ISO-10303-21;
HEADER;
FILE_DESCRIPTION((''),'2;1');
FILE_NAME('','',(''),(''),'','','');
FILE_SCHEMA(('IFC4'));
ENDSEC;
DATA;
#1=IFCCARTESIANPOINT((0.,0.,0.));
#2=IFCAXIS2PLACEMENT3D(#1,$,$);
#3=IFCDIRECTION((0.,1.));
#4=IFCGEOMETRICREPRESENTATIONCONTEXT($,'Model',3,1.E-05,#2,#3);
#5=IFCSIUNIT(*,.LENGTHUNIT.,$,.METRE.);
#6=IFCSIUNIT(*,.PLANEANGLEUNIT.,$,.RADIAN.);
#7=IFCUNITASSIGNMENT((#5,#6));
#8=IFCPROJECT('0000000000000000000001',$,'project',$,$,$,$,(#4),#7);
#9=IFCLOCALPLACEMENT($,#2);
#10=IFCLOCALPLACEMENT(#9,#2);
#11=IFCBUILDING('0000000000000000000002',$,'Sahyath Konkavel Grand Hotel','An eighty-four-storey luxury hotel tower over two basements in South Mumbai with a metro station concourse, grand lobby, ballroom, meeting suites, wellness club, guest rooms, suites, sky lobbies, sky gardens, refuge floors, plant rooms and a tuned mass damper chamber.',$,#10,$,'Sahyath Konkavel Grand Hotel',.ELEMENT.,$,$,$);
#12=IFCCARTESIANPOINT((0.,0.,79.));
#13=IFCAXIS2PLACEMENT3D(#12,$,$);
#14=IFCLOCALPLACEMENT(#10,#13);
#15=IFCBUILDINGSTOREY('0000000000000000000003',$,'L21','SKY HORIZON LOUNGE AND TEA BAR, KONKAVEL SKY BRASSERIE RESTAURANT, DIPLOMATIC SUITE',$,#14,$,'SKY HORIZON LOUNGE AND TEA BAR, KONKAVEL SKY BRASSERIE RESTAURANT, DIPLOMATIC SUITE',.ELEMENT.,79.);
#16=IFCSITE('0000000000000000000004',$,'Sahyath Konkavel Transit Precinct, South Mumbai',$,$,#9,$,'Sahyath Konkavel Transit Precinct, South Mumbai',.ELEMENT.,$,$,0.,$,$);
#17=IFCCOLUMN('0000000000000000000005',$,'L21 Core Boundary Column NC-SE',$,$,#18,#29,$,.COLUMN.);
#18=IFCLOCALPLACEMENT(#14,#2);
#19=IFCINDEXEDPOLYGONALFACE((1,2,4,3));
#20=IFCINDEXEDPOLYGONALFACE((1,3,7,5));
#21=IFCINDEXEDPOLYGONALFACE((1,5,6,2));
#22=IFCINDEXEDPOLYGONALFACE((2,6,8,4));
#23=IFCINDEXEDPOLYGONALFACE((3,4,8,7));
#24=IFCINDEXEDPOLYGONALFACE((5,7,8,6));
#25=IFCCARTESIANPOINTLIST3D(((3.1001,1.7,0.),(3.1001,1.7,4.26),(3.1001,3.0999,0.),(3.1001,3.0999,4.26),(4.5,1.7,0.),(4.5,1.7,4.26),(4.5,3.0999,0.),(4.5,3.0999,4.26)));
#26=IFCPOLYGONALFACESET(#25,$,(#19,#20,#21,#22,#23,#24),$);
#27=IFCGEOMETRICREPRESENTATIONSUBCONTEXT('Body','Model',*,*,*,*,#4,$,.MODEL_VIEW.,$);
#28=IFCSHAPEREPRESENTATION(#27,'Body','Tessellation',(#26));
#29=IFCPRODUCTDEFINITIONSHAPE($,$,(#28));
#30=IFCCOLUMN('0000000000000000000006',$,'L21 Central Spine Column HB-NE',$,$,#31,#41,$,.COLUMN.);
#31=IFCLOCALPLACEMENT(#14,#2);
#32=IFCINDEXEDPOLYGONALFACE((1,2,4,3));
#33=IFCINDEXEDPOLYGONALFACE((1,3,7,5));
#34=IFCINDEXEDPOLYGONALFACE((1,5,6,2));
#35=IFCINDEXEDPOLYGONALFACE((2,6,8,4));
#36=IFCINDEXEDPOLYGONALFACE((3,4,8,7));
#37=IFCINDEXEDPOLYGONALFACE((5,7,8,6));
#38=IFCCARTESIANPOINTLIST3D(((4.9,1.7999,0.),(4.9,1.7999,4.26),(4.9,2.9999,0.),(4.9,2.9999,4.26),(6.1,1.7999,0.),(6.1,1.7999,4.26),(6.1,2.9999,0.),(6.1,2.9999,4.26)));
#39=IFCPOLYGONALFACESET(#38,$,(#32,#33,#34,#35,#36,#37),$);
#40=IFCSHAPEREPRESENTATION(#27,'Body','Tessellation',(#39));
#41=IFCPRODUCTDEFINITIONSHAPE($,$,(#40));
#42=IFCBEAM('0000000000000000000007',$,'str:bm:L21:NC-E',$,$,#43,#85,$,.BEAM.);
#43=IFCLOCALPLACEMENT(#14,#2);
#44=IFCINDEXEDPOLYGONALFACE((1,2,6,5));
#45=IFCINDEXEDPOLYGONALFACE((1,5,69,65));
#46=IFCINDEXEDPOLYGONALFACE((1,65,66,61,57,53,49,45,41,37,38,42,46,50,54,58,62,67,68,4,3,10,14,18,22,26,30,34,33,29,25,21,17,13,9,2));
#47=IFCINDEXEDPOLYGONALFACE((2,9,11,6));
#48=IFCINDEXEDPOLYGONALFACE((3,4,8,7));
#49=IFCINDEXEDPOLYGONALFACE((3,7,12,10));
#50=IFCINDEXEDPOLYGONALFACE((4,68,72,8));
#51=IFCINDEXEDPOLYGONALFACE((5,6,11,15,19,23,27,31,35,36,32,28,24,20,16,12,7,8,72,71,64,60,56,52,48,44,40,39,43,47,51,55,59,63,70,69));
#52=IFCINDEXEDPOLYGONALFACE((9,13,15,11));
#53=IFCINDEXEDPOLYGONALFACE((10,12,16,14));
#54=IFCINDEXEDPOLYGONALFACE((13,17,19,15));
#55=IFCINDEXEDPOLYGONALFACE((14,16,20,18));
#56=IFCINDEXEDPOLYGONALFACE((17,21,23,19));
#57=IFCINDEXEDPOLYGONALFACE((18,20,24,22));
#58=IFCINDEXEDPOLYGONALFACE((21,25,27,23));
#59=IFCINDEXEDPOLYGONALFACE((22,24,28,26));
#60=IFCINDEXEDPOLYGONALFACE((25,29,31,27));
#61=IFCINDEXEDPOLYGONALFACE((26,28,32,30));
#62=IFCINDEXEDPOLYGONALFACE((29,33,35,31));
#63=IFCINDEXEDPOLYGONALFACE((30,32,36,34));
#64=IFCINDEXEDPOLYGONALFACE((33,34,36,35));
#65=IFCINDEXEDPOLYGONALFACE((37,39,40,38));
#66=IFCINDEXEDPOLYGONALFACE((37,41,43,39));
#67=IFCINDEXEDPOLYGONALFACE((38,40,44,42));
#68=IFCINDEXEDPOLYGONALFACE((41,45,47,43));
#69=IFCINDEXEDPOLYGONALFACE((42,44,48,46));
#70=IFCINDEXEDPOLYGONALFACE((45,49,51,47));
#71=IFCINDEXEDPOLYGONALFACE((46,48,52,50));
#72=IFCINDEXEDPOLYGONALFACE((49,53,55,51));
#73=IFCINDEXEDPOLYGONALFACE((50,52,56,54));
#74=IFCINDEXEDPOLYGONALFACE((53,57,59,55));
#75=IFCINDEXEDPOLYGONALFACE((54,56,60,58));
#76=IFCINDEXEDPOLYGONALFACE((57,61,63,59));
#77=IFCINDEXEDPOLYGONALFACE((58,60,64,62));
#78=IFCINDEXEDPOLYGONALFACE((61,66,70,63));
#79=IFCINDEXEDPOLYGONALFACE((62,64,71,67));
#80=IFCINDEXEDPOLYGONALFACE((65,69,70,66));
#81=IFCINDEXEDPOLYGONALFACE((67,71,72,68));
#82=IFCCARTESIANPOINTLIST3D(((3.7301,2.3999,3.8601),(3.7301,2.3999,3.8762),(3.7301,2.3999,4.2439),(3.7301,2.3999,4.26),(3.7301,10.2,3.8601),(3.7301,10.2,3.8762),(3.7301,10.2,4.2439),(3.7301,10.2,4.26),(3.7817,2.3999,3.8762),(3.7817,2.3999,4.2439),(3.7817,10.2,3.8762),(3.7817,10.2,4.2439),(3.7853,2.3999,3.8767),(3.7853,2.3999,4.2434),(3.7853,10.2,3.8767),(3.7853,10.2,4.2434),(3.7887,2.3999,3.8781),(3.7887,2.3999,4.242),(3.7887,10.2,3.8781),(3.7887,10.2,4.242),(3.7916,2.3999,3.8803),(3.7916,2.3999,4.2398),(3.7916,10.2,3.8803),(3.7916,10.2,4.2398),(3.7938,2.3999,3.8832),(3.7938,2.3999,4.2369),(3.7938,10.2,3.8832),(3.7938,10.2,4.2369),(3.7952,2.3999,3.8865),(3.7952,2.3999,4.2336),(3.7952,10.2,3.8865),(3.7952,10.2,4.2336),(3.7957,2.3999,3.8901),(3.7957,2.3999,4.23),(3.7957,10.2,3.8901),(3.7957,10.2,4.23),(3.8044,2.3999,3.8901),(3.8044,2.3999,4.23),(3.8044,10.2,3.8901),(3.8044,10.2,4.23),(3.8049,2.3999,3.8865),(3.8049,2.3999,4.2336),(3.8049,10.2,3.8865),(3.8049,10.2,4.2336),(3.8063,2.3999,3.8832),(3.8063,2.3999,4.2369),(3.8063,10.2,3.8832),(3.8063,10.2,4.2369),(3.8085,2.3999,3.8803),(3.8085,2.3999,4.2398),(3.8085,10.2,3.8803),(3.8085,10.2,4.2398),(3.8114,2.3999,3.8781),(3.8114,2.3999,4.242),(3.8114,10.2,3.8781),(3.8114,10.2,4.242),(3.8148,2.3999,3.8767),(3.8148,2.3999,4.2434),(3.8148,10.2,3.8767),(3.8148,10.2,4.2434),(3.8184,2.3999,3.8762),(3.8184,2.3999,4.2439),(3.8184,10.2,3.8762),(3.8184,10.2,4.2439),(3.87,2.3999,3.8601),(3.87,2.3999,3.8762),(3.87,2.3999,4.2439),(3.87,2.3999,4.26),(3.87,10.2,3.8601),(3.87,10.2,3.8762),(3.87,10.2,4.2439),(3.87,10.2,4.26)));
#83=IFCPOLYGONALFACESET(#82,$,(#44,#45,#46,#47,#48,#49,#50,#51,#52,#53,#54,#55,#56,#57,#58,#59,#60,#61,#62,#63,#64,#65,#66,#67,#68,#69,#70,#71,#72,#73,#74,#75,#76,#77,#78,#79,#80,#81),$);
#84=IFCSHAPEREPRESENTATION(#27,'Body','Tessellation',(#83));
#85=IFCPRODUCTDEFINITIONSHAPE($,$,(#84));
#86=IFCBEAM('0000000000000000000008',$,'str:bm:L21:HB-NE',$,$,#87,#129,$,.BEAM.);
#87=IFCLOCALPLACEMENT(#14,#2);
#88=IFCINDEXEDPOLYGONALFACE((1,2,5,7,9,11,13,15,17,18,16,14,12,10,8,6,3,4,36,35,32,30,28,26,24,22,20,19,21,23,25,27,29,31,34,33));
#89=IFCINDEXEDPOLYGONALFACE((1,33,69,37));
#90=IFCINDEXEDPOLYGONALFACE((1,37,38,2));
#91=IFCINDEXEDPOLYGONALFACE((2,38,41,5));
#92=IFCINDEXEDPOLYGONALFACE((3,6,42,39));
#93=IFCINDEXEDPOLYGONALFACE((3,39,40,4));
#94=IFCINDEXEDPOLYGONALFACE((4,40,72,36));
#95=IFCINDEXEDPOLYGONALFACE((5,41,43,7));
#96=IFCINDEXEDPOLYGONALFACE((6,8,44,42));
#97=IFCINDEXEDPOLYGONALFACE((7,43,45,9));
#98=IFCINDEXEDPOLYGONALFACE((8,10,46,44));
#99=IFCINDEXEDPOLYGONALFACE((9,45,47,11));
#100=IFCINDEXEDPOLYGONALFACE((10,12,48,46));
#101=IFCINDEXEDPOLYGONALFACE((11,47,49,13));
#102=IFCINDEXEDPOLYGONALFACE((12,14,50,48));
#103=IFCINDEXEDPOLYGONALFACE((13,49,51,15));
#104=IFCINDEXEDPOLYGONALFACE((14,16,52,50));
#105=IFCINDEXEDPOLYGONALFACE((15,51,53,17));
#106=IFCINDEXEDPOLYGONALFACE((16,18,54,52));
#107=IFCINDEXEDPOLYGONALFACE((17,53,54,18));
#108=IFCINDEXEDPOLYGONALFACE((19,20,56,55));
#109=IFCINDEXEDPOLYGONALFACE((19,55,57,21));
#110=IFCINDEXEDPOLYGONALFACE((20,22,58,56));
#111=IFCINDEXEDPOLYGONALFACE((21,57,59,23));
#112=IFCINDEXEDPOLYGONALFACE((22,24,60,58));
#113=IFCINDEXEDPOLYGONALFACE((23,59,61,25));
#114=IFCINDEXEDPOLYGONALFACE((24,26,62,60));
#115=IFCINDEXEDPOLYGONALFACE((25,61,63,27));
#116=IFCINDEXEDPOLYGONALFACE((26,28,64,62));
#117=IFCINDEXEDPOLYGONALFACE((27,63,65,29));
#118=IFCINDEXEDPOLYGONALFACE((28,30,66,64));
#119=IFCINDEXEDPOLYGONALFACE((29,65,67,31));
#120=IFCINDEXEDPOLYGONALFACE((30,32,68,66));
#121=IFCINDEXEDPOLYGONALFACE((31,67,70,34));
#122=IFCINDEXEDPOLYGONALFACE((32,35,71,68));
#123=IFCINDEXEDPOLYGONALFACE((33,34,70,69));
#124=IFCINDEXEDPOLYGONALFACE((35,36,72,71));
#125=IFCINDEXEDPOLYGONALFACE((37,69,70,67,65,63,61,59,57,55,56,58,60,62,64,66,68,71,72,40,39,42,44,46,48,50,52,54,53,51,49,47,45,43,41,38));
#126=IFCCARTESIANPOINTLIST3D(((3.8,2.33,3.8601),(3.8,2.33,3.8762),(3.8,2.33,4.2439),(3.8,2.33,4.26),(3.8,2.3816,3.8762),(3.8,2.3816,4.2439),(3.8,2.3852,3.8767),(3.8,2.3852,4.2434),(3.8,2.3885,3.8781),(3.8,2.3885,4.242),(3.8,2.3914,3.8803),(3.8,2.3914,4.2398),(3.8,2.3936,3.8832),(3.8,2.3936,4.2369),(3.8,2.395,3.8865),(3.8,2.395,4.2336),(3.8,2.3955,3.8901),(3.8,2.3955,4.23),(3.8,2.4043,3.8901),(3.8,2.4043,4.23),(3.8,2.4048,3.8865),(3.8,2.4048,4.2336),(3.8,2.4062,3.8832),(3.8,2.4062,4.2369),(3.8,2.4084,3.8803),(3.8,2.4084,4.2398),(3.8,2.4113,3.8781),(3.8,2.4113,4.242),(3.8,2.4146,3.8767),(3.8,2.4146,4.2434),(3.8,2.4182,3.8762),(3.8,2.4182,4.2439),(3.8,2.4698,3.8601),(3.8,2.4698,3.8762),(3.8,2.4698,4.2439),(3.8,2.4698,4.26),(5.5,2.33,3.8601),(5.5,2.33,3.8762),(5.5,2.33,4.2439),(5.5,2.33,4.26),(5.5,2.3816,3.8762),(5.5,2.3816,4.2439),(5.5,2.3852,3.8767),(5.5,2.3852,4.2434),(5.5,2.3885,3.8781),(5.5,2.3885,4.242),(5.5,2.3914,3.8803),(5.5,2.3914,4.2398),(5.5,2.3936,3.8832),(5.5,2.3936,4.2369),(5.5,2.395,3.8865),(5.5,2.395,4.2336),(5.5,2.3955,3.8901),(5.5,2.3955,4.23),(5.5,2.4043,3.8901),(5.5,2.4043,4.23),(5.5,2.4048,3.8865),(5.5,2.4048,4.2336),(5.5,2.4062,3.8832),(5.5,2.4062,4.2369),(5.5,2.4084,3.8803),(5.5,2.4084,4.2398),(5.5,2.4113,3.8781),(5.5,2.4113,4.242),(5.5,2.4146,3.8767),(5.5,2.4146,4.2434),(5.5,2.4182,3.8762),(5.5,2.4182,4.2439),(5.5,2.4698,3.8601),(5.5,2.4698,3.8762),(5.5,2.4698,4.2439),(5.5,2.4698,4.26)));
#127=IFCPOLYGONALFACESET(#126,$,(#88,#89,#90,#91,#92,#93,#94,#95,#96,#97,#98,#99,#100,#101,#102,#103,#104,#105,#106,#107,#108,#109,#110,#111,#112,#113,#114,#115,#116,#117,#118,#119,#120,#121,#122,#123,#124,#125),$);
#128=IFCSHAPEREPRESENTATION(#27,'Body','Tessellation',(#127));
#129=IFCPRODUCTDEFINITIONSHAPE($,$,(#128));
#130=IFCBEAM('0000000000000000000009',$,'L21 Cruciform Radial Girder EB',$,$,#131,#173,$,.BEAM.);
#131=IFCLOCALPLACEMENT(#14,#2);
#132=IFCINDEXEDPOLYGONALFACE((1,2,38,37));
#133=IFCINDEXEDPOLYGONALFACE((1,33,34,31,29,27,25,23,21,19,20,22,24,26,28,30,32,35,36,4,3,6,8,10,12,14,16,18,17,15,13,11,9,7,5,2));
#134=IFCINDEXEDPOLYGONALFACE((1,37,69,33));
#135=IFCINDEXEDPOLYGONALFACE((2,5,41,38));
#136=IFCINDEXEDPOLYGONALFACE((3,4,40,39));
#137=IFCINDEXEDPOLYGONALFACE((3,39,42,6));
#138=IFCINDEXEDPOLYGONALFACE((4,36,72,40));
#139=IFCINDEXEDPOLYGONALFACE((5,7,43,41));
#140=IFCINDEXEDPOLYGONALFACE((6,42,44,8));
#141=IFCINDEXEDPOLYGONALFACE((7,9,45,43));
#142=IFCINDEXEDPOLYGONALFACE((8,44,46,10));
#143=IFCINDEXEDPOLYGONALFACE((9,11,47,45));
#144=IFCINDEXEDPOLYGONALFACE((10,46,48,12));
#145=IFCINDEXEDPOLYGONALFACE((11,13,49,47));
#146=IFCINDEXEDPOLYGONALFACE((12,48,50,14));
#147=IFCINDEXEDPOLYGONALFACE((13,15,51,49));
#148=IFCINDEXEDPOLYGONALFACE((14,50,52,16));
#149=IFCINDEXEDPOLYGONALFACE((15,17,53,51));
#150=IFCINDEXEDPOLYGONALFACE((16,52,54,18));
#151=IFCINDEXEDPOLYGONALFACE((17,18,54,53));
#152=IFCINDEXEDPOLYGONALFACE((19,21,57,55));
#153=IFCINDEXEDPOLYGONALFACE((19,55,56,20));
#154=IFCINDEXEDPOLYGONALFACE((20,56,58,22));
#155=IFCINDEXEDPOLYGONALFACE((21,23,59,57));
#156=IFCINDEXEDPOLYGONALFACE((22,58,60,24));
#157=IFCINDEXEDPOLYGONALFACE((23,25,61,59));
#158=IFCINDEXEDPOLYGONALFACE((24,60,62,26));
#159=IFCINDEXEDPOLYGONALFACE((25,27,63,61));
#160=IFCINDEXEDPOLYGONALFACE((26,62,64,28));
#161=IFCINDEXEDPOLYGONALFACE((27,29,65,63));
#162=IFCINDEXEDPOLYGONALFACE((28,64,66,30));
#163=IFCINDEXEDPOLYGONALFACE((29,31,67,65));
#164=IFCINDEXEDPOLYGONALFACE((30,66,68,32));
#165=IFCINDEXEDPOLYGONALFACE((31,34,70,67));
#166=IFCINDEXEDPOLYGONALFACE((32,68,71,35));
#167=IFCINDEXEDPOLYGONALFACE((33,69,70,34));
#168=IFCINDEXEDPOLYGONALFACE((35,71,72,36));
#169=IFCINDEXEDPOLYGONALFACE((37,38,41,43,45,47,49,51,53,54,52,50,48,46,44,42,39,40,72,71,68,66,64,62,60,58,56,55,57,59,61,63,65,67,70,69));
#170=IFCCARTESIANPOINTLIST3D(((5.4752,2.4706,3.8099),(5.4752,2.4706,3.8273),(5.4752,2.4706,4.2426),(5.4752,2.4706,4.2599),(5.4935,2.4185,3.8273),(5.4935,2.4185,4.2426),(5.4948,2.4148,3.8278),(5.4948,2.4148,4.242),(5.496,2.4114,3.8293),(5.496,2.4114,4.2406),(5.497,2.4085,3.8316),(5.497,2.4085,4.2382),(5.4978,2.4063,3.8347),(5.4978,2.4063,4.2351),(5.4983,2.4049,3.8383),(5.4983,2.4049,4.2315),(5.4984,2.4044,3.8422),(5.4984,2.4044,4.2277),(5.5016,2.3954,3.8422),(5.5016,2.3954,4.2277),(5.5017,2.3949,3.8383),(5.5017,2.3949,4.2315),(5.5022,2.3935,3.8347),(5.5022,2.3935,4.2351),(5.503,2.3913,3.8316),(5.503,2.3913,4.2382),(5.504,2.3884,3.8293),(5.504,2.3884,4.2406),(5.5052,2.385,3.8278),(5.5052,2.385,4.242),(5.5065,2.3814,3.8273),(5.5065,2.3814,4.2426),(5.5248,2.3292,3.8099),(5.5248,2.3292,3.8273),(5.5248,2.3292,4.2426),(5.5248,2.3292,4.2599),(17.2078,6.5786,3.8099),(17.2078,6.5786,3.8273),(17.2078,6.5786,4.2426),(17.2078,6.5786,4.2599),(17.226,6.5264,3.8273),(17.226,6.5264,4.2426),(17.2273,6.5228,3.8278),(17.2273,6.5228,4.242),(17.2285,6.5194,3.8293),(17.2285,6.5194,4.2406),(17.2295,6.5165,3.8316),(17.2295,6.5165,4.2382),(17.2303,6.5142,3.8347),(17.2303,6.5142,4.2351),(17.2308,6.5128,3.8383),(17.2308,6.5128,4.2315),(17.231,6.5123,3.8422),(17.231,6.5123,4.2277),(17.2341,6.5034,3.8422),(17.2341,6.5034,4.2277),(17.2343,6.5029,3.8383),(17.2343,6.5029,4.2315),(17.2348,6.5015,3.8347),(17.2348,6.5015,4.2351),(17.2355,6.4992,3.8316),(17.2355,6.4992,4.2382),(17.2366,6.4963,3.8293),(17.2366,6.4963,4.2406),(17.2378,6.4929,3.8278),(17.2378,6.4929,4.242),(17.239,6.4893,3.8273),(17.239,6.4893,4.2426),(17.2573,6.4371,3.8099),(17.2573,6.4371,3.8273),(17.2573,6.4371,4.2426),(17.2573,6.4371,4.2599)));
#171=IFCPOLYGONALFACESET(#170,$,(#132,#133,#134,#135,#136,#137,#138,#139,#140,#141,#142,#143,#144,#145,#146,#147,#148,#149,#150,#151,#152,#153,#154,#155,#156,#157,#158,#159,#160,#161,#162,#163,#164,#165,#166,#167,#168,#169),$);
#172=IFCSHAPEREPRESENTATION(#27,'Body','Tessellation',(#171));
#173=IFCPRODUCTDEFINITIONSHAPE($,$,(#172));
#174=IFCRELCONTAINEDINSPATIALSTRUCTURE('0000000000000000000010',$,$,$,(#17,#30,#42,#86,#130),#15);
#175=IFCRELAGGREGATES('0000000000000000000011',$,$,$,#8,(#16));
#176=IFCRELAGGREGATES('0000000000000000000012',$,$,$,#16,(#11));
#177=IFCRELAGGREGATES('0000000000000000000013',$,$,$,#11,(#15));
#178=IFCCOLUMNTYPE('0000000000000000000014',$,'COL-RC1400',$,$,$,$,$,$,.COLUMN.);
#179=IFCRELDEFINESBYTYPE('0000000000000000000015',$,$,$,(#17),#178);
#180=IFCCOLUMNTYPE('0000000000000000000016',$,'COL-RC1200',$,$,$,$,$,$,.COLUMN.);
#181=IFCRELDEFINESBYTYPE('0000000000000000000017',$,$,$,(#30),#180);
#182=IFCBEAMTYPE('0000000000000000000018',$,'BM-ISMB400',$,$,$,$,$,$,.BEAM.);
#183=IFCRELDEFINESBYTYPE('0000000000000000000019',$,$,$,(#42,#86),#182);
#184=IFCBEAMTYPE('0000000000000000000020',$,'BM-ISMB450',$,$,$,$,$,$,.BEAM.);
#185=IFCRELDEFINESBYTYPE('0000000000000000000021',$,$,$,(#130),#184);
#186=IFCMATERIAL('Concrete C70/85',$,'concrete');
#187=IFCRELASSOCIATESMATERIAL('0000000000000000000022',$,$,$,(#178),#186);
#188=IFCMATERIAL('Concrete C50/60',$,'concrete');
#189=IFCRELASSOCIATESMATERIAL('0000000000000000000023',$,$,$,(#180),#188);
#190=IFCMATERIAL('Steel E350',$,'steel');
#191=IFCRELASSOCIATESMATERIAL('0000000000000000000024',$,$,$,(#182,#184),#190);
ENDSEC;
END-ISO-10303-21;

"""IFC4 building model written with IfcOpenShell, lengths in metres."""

from ifc_helpers import new_model, si_unit, direction, frame, origin, origin_2d, place, context, subcontext, project, spatial, rectangle, i_section, extrude, source, transform, mapped, material, material_profile, profile_set, type_object, element, save


model = new_model("IFC4")

# Units and contexts
model_context = context("Model", 3, precision=1e-05, world=origin(), true_north=direction((0.0, 1.0)))
body_context = subcontext(model_context, "Body", "Model", "MODEL_VIEW")
ifc_project = project(units=[si_unit("LENGTHUNIT", "METRE"), si_unit("PLANEANGLEUNIT", "RADIAN")], contexts=[model_context])

# Site, building, storey
site_placement = place(None, origin())
site = spatial("IfcSite", under=ifc_project, at=site_placement, Name="Sahyath Konkavel Transit Precinct, South Mumbai", LongName="Sahyath Konkavel Transit Precinct, South Mumbai", CompositionType="ELEMENT", RefElevation=0.0)
building_placement = place(site_placement, origin())
building = spatial("IfcBuilding", under=site, at=building_placement, Name="Sahyath Konkavel Grand Hotel", Description="An eighty-four-storey luxury hotel tower over two basements in South Mumbai with a metro station concourse, grand lobby, ballroom, meeting suites, wellness club, guest rooms, suites, sky lobbies, sky gardens, refuge floors, plant rooms and a tuned mass damper chamber.", LongName="Sahyath Konkavel Grand Hotel", CompositionType="ELEMENT")
storey_placement = place(building_placement, frame((0.0, 0.0, 79.0)))
storey = spatial("IfcBuildingStorey", under=building, at=storey_placement, Name="L21", Description="SKY HORIZON LOUNGE AND TEA BAR, KONKAVEL SKY BRASSERIE RESTAURANT, DIPLOMATIC SUITE", LongName="SKY HORIZON LOUNGE AND TEA BAR, KONKAVEL SKY BRASSERIE RESTAURANT, DIPLOMATIC SUITE", CompositionType="ELEMENT", Elevation=79.0)

# Columns
ifc_material_1 = material(Name="Concrete C70/85", Category="concrete")
ifc_material_profile_1 = material_profile(ifc_material_1, rectangle(XDim=1.3999, YDim=1.3999, at=origin_2d()), Name="RC 1400x1400")
ifc_profile_set_1 = profile_set([ifc_material_profile_1], Name="Concrete C70/85")
column_type_1 = type_object("IfcColumnType", Name="COL-RC1400", PredefinedType="COLUMN", material=ifc_profile_set_1)
shared_shape_1 = source(origin(), body_context, "Body", "SweptSolid", [
    extrude(rectangle(XDim=1.3999, YDim=1.3999, at=origin_2d()), origin(), (0.0, 0.0, 1.0), 4.26),
])
column_1_placement = place(storey_placement, frame((3.8, 2.3999, 0.0), z_axis=(0.0, 0.0, 1.0), x_axis=(1.0, 0.0, 0.0)))
element("IfcColumn", 1, at=column_1_placement, inside=storey, type_object=column_type_1, Name="L21 Core Boundary Column NC-SE", PredefinedType="COLUMN", context=body_context, shape_type="MappedRepresentation", body=[
    mapped(shared_shape_1, transform((0.0, 0.0, 0.0), scale=1.0)),
])
ifc_material_2 = material(Name="Concrete C50/60", Category="concrete")
ifc_material_profile_2 = material_profile(ifc_material_2, rectangle(XDim=1.2, YDim=1.2, at=origin_2d()), Name="RC 1200x1200")
ifc_profile_set_2 = profile_set([ifc_material_profile_2], Name="Concrete C50/60")
column_type_2 = type_object("IfcColumnType", Name="COL-RC1200", PredefinedType="COLUMN", material=ifc_profile_set_2)
shared_shape_2 = source(origin(), body_context, "Body", "SweptSolid", [
    extrude(rectangle(XDim=1.2, YDim=1.2, at=origin_2d()), origin(), (0.0, 0.0, 1.0), 4.26),
])
column_2_placement = place(storey_placement, frame((5.5, 2.3999, 0.0), z_axis=(0.0, 0.0, 1.0), x_axis=(1.0, 0.0, 0.0)))
element("IfcColumn", 2, at=column_2_placement, inside=storey, type_object=column_type_2, Name="L21 Central Spine Column HB-NE", PredefinedType="COLUMN", context=body_context, shape_type="MappedRepresentation", body=[
    mapped(shared_shape_2, transform((0.0, 0.0, 0.0), scale=1.0)),
])

# Beams
ifc_material_3 = material(Name="Steel E350", Category="steel")
ifc_material_profile_3 = material_profile(ifc_material_3, i_section(OverallWidth=0.1399, OverallDepth=0.3999, WebThickness=0.0088, FlangeThickness=0.0161, FilletRadius=0.0139, at=origin_2d()), Name="ISMB 400")
ifc_profile_set_3 = profile_set([ifc_material_profile_3], Name="Steel E350")
beam_type_1 = type_object("IfcBeamType", Name="BM-ISMB400", PredefinedType="BEAM", material=ifc_profile_set_3)
shared_shape_3 = source(origin(), body_context, "Body", "SweptSolid", [
    extrude(i_section(OverallWidth=0.1399, OverallDepth=0.3999, WebThickness=0.0088, FlangeThickness=0.0161, FilletRadius=0.0139, at=origin_2d()), origin(), (0.0, 0.0, 1.0), 7.8),
])
beam_1_placement = place(storey_placement, frame((3.8, 2.3999, 4.0601), z_axis=(0.0, 1.0, 0.0), x_axis=(-1.0, 0.0, 0.0)))
element("IfcBeam", 3, at=beam_1_placement, inside=storey, type_object=beam_type_1, Name="str:bm:L21:NC-E", PredefinedType="BEAM", context=body_context, shape_type="MappedRepresentation", body=[
    mapped(shared_shape_3, transform((0.0, 0.0, 0.0), scale=1.0)),
])
shared_shape_4 = source(origin(), body_context, "Body", "SweptSolid", [
    extrude(i_section(OverallWidth=0.1399, OverallDepth=0.3999, WebThickness=0.0088, FlangeThickness=0.0161, FilletRadius=0.0139, at=origin_2d()), origin(), (0.0, 0.0, 1.0), 1.7),
])
beam_2_placement = place(storey_placement, frame((3.8, 2.3999, 4.0601), z_axis=(1.0, 0.0, 0.0), x_axis=(0.0, 1.0, 0.0)))
element("IfcBeam", 4, at=beam_2_placement, inside=storey, type_object=beam_type_1, Name="str:bm:L21:HB-NE", PredefinedType="BEAM", context=body_context, shape_type="MappedRepresentation", body=[
    mapped(shared_shape_4, transform((0.0, 0.0, 0.0), scale=1.0)),
])
ifc_material_profile_4 = material_profile(ifc_material_3, i_section(OverallWidth=0.1499, OverallDepth=0.45, WebThickness=0.0095, FlangeThickness=0.0173, FilletRadius=0.0149, at=origin_2d()), Name="ISMB 450")
ifc_profile_set_4 = profile_set([ifc_material_profile_4], Name="Steel E350")
beam_type_2 = type_object("IfcBeamType", Name="BM-ISMB450", PredefinedType="BEAM", material=ifc_profile_set_4)
shared_shape_5 = source(origin(), body_context, "Body", "SweptSolid", [
    extrude(i_section(OverallWidth=0.1499, OverallDepth=0.45, WebThickness=0.0095, FlangeThickness=0.0173, FilletRadius=0.0149, at=origin_2d()), origin(), (0.0, 0.0, 1.0), 12.4309),
])
beam_3_placement = place(storey_placement, frame((5.5, 2.3999, 4.0349), z_axis=(0.943819, 0.330462, 0.0), x_axis=(-0.330462, 0.943819, 0.0)))
element("IfcBeam", 5, at=beam_3_placement, inside=storey, type_object=beam_type_2, Name="L21 Cruciform Radial Girder EB", PredefinedType="BEAM", context=body_context, shape_type="MappedRepresentation", body=[
    mapped(shared_shape_5, transform((0.0, 0.0, 0.0), scale=1.0)),
])

save(model, "model.ifc")
